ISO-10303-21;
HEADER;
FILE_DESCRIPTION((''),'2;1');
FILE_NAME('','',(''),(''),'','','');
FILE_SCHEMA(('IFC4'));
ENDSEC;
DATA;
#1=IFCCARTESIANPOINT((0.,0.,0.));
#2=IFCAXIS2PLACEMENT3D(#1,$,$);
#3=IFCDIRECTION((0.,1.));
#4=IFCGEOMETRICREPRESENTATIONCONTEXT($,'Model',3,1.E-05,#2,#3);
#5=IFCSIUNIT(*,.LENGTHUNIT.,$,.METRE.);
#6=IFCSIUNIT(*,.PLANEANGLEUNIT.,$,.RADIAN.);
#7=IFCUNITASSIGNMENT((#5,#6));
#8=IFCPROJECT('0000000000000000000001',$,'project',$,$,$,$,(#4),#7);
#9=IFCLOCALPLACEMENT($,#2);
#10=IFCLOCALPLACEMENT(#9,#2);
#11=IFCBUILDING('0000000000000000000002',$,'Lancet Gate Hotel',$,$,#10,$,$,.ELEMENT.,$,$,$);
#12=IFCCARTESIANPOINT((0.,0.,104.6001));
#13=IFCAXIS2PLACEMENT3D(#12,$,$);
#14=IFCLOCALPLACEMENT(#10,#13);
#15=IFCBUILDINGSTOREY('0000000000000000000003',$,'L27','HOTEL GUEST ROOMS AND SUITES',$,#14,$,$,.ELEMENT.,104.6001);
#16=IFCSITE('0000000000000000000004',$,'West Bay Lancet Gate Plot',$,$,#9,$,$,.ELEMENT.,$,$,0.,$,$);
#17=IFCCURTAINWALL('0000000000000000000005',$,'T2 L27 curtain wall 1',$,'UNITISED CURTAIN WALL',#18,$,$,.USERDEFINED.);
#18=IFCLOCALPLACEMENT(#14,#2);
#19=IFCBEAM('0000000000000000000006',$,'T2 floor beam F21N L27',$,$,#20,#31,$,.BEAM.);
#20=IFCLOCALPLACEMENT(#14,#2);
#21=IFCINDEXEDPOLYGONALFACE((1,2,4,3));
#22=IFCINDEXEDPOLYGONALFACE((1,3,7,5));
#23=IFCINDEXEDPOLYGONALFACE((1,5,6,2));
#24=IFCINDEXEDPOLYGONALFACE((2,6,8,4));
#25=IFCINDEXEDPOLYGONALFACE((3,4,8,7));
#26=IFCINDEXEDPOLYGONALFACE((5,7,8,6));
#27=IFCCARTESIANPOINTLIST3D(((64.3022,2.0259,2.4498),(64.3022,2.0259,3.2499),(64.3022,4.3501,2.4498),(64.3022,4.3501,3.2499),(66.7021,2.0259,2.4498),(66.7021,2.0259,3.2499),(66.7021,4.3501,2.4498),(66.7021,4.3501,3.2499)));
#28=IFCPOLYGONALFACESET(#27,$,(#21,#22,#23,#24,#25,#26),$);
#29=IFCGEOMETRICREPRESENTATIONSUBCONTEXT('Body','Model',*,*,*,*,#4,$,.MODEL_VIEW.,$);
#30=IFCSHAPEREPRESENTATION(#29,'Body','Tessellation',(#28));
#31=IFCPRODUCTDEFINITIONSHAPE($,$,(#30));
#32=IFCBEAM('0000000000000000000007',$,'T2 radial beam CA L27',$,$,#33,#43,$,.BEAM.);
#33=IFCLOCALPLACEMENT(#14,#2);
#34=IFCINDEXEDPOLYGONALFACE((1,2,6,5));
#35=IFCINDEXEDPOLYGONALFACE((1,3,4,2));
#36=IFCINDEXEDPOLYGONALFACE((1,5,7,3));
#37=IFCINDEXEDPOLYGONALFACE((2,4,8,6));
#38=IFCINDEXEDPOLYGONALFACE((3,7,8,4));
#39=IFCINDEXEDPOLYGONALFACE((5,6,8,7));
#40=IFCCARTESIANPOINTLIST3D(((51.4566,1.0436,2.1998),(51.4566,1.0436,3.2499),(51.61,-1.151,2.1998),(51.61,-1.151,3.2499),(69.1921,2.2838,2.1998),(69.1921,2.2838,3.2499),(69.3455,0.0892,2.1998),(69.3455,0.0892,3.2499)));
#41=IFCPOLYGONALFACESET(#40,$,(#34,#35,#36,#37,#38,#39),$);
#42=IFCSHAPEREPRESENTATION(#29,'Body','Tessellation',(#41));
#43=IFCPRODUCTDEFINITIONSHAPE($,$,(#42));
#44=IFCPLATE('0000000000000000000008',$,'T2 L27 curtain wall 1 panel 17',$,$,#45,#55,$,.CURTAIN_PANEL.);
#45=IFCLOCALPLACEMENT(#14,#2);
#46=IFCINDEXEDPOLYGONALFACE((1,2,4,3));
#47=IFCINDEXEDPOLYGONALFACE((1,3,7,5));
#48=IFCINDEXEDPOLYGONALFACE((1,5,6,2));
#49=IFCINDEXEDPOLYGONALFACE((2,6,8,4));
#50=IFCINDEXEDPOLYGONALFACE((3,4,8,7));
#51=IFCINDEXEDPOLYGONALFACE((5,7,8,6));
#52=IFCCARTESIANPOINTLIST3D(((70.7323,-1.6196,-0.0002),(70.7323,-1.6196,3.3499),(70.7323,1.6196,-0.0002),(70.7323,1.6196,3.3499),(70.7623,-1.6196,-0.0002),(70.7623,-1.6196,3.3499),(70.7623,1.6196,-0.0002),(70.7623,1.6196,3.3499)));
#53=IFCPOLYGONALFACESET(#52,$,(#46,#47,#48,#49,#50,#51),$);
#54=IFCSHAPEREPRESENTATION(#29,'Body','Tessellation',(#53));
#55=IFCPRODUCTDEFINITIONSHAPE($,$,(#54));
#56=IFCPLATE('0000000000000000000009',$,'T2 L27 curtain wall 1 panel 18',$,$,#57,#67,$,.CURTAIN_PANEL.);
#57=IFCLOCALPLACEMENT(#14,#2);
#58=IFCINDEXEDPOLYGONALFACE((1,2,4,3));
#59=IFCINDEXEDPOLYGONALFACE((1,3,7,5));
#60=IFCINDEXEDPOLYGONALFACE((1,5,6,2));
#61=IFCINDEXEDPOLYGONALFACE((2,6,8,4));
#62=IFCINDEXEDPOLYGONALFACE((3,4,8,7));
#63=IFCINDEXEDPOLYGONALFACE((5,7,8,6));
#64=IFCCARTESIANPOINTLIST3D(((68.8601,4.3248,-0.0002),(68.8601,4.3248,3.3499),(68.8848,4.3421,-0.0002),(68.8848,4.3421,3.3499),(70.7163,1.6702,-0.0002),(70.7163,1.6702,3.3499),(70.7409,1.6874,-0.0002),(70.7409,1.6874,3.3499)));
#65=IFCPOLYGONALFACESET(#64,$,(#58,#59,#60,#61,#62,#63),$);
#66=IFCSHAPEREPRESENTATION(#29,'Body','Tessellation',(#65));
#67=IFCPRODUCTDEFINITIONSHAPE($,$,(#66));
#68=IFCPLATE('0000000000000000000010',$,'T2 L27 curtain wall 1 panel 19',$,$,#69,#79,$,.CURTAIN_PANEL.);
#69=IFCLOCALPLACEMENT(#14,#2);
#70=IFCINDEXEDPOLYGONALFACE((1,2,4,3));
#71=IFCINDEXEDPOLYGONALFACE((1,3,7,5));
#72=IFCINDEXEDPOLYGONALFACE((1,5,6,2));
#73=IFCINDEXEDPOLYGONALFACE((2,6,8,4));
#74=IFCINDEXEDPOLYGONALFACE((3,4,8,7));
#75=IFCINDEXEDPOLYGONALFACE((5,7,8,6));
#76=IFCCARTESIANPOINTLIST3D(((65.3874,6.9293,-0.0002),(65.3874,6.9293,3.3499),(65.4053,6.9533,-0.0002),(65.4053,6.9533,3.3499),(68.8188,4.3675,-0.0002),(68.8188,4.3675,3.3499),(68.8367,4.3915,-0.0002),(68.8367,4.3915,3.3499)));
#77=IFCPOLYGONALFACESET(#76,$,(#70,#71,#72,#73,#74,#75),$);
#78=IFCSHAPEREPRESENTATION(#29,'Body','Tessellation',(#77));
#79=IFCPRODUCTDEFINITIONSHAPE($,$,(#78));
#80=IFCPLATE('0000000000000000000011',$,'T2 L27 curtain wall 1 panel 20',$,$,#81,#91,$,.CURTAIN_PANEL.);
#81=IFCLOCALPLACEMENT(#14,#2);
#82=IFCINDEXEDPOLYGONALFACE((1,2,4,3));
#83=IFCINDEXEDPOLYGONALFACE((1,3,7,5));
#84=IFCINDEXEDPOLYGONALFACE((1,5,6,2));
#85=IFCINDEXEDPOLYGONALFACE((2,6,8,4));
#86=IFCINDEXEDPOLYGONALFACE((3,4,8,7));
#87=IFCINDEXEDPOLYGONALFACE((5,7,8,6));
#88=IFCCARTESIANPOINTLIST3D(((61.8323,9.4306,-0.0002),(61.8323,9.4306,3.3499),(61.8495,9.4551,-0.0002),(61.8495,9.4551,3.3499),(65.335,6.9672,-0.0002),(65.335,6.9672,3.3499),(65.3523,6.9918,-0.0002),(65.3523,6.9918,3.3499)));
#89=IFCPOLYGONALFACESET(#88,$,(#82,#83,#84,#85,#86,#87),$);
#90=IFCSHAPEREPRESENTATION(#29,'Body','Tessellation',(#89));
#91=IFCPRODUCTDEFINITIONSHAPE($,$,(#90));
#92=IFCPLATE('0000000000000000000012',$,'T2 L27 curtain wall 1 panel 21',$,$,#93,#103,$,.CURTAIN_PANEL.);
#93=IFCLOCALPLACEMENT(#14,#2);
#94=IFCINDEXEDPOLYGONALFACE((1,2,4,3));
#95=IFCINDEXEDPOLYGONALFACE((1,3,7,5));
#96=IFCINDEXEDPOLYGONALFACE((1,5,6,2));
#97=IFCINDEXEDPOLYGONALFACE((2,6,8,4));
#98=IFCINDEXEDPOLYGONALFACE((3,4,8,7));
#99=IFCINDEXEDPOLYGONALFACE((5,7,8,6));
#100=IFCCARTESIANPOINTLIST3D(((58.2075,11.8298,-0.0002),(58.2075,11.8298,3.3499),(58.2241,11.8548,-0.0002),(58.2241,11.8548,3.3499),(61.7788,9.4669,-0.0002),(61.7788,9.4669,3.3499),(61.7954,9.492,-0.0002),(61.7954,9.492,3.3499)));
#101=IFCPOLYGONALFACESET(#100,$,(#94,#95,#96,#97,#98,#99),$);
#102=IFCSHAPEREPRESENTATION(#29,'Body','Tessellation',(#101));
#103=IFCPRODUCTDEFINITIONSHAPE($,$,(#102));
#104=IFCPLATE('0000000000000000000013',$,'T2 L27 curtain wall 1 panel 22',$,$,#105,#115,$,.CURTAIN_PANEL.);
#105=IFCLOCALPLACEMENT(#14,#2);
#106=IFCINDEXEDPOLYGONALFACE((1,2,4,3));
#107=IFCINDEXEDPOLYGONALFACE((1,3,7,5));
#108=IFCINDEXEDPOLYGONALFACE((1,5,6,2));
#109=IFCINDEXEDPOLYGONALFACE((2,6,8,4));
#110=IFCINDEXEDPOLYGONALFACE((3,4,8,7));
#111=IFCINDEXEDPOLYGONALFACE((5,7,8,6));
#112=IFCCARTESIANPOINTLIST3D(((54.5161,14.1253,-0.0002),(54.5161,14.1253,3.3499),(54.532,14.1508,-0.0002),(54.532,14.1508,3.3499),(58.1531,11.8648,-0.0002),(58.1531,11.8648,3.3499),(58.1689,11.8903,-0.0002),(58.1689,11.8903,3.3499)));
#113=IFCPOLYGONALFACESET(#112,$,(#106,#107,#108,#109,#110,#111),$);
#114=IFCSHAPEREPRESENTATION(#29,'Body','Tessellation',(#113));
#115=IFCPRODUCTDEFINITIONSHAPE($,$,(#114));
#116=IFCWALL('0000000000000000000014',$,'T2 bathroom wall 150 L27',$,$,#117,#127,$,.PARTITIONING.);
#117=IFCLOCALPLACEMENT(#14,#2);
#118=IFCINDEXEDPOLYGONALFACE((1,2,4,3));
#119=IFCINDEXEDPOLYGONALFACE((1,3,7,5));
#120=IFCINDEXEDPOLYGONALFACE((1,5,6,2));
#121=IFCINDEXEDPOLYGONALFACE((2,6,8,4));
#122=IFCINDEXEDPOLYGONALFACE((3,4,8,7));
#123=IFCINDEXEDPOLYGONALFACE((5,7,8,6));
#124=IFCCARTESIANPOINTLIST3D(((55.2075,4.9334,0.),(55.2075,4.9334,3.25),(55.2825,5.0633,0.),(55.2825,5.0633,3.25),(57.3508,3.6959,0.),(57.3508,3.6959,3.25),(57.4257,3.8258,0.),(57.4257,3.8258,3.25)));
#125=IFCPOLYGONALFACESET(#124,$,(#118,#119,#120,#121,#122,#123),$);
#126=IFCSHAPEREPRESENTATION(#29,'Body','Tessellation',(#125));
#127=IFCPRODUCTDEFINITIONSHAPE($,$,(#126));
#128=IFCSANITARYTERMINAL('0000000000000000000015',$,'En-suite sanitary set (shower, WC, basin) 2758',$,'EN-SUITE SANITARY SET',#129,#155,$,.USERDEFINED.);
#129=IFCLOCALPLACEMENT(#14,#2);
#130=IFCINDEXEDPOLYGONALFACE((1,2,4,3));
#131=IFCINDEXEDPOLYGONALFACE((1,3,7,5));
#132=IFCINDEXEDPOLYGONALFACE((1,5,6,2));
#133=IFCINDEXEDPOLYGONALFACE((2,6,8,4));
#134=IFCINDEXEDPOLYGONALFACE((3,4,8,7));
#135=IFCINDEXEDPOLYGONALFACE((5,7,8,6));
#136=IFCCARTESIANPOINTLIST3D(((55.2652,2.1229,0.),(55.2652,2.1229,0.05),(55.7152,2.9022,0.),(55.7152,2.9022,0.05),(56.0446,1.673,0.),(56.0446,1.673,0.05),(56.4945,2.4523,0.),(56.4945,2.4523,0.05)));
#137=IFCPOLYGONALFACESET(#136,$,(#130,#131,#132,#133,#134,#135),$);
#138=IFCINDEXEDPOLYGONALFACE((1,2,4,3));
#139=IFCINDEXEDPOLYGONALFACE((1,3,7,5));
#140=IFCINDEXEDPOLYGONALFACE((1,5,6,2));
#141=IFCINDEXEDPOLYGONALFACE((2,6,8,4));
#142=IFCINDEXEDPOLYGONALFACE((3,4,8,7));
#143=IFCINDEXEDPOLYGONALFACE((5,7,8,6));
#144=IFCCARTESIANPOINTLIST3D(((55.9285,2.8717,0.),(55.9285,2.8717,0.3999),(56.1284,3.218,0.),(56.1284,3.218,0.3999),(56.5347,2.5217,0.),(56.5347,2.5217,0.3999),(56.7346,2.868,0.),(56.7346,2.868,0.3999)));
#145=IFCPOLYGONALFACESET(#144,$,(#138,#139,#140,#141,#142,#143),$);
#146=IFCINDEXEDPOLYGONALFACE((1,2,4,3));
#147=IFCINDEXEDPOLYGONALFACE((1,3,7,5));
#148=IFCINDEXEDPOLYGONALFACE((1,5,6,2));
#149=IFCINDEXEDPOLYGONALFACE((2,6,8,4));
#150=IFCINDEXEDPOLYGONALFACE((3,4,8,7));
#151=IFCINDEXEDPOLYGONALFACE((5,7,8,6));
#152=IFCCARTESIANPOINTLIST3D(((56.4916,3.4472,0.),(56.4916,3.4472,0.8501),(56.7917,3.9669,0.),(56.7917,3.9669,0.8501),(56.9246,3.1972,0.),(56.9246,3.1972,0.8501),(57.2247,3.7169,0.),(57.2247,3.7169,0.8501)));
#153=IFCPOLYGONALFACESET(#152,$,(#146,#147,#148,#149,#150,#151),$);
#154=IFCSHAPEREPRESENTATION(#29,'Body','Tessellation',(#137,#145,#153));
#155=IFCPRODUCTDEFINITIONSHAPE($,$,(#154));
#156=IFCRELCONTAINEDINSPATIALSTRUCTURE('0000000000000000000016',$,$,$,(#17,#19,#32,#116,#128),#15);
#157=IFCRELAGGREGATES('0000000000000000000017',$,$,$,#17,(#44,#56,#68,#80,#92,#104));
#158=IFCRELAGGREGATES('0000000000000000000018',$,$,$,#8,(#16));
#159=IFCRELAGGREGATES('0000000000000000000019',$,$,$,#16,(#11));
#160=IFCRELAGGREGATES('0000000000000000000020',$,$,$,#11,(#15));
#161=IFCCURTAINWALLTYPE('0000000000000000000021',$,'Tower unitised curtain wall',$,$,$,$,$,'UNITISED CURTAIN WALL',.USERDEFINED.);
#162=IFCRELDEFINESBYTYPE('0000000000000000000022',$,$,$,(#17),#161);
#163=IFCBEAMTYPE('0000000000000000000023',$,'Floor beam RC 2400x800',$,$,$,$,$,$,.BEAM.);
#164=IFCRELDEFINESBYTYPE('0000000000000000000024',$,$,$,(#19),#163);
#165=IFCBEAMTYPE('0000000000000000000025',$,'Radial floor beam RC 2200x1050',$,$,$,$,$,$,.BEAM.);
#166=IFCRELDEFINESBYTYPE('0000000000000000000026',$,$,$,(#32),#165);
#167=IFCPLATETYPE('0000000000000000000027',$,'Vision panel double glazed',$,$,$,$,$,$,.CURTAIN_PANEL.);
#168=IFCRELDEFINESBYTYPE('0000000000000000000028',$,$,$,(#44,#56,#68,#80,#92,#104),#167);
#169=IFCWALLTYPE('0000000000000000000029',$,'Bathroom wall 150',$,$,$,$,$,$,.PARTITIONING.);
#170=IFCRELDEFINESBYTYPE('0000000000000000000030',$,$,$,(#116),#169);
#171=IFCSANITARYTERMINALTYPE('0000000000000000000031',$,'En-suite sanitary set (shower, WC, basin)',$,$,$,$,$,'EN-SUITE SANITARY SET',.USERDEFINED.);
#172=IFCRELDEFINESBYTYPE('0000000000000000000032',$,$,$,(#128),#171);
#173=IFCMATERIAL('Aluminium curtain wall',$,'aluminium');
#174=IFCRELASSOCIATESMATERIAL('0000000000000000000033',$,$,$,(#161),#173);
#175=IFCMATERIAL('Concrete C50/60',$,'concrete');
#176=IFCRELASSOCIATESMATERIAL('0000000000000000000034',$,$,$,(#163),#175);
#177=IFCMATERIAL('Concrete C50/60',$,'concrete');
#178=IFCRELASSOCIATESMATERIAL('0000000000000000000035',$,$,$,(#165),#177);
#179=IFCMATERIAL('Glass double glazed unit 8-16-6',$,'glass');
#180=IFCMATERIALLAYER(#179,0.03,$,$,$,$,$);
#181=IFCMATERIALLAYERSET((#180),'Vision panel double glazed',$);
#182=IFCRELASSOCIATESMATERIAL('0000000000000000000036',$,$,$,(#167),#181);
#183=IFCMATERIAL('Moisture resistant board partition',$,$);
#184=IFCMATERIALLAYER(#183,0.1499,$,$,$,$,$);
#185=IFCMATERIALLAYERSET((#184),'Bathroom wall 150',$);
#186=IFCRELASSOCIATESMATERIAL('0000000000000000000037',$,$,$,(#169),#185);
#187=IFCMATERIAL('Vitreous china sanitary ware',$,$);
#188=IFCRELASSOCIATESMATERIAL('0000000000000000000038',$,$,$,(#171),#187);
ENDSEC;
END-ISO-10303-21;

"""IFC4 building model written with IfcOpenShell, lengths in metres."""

from ifc_helpers import new_model, si_unit, direction, frame, frame_2d, origin, origin_2d, place, context, subcontext, project, spatial, rectangle, extrude, material, layer, layer_set, material_profile, profile_set, type_object, element, aggregate, save


model = new_model("IFC4")

# Units and contexts
model_context = context("Model", 3, precision=1e-05, world=origin(), true_north=direction((0.0, 1.0)))
body_context = subcontext(model_context, "Body", "Model", "MODEL_VIEW")
ifc_project = project(units=[si_unit("LENGTHUNIT", "METRE"), si_unit("PLANEANGLEUNIT", "RADIAN")], contexts=[model_context])

# Site, building, storey
site_placement = place(None, origin())
site = spatial("IfcSite", under=ifc_project, at=site_placement, Name="West Bay Lancet Gate Plot", CompositionType="ELEMENT", RefElevation=0.0)
building_placement = place(site_placement, origin())
building = spatial("IfcBuilding", under=site, at=building_placement, Name="Lancet Gate Hotel", CompositionType="ELEMENT")
storey_placement = place(building_placement, frame((0.0, 0.0, 104.6001)))
storey = spatial("IfcBuildingStorey", under=building, at=storey_placement, Name="L27", Description="HOTEL GUEST ROOMS AND SUITES", CompositionType="ELEMENT", Elevation=104.6001)

# Curtain wall
ifc_material_1 = material(Name="Aluminium curtain wall", Category="aluminium")
curtain_wall_type = type_object("IfcCurtainWallType", Name="Tower unitised curtain wall", ElementType="UNITISED CURTAIN WALL", PredefinedType="USERDEFINED", material=ifc_material_1)
curtain_wall_placement = place(storey_placement, origin())
curtain_wall = element("IfcCurtainWall", 1, at=curtain_wall_placement, inside=storey, type_object=curtain_wall_type, Name="T2 L27 curtain wall 1", ObjectType="UNITISED CURTAIN WALL", PredefinedType="USERDEFINED")

# Beams
ifc_material_2 = material(Name="Concrete C50/60", Category="concrete")
ifc_material_profile_1 = material_profile(ifc_material_2, rectangle(XDim=2.3999, YDim=0.8, at=origin_2d()), Name="RC 2400x800")
ifc_profile_set_1 = profile_set([ifc_material_profile_1], Name="Concrete C50/60")
beam_type_1 = type_object("IfcBeamType", Name="Floor beam RC 2400x800", PredefinedType="BEAM", material=ifc_profile_set_1)
beam_1_placement = place(storey_placement, frame((65.5022, 2.0259, 2.8499), z_axis=(0.0, 1.0, 0.0), x_axis=(-1.0, 0.0, 0.0)))
element("IfcBeam", 2, at=beam_1_placement, inside=storey, type_object=beam_type_1, Name="T2 floor beam F21N L27", PredefinedType="BEAM", context=body_context, shape_type="SweptSolid", body=[
    extrude(rectangle(XDim=2.3999, YDim=0.8, at=origin_2d()), origin(), (0.0, 0.0, 1.0), 2.3242),
])
ifc_material_3 = material(Name="Concrete C50/60", Category="concrete")
ifc_material_profile_2 = material_profile(ifc_material_3, rectangle(XDim=2.2, YDim=1.05, at=origin_2d()), Name="RC 2200x1050")
ifc_profile_set_2 = profile_set([ifc_material_profile_2], Name="Concrete C50/60")
beam_type_2 = type_object("IfcBeamType", Name="Radial floor beam RC 2200x1050", PredefinedType="BEAM", material=ifc_profile_set_2)
beam_2_placement = place(storey_placement, frame((69.2688, 1.1865, 2.7249), z_axis=(-0.997564, -0.069759, 0.0), x_axis=(0.069759, -0.997564, 0.0)))
element("IfcBeam", 3, at=beam_2_placement, inside=storey, type_object=beam_type_2, Name="T2 radial beam CA L27", PredefinedType="BEAM", context=body_context, shape_type="SweptSolid", body=[
    extrude(rectangle(XDim=2.2, YDim=1.05, at=origin_2d()), origin(), (0.0, 0.0, 1.0), 17.7788),
])

# Plates
ifc_material_4 = material(Name="Glass double glazed unit 8-16-6", Category="glass")
ifc_layer_1 = layer(ifc_material_4, 0.03)
ifc_layer_set_1 = layer_set([ifc_layer_1], Name="Vision panel double glazed")
plate_type = type_object("IfcPlateType", Name="Vision panel double glazed", PredefinedType="CURTAIN_PANEL", material=ifc_layer_set_1)
plate_1_placement = place(storey_placement, frame((70.7473, 0.0, -0.0002), z_axis=(0.0, 0.0, 1.0), x_axis=(0.0, 1.0, 0.0)))
plate_1 = element("IfcPlate", 4, at=plate_1_placement, type_object=plate_type, Name="T2 L27 curtain wall 1 panel 17", PredefinedType="CURTAIN_PANEL", context=body_context, shape_type="SweptSolid", body=[
    extrude(rectangle(XDim=3.2393, YDim=0.03, at=origin_2d()), origin(), (0.0, 0.0, 1.0), 3.3501),
])
plate_2_placement = place(storey_placement, frame((69.8005, 3.0061, -0.0002), z_axis=(0.0, 0.0, 1.0), x_axis=(-0.573025, 0.819538, 0.0)))
plate_2 = element("IfcPlate", 5, at=plate_2_placement, type_object=plate_type, Name="T2 L27 curtain wall 1 panel 18", PredefinedType="CURTAIN_PANEL", context=body_context, shape_type="SweptSolid", body=[
    extrude(rectangle(XDim=3.2393, YDim=0.03, at=origin_2d()), origin(), (0.0, 0.0, 1.0), 3.3501),
])
plate_3_placement = place(storey_placement, frame((67.1121, 5.6604, -0.0002), z_axis=(0.0, 0.0, 1.0), x_axis=(-0.801314, 0.598244, 0.0)))
plate_3 = element("IfcPlate", 6, at=plate_3_placement, type_object=plate_type, Name="T2 L27 curtain wall 1 panel 19", PredefinedType="CURTAIN_PANEL", context=body_context, shape_type="SweptSolid", body=[
    extrude(rectangle(XDim=4.2822, YDim=0.03, at=origin_2d()), origin(), (0.0, 0.0, 1.0), 3.3501),
])
plate_4_placement = place(storey_placement, frame((63.5923, 8.2112, -0.0002), z_axis=(0.0, 0.0, 1.0), x_axis=(-0.817979, 0.575247, 0.0)))
plate_4 = element("IfcPlate", 7, at=plate_4_placement, type_object=plate_type, Name="T2 L27 curtain wall 1 panel 20", PredefinedType="CURTAIN_PANEL", context=body_context, shape_type="SweptSolid", body=[
    extrude(rectangle(XDim=4.2822, YDim=0.03, at=origin_2d()), origin(), (0.0, 0.0, 1.0), 3.3501),
])
plate_5_placement = place(storey_placement, frame((60.0015, 10.6609, -0.0002), z_axis=(0.0, 0.0, 1.0), x_axis=(-0.833985, 0.551787, 0.0)))
plate_5 = element("IfcPlate", 8, at=plate_5_placement, type_object=plate_type, Name="T2 L27 curtain wall 1 panel 21", PredefinedType="CURTAIN_PANEL", context=body_context, shape_type="SweptSolid", body=[
    extrude(rectangle(XDim=4.2822, YDim=0.03, at=origin_2d()), origin(), (0.0, 0.0, 1.0), 3.3501),
])
plate_6_placement = place(storey_placement, frame((56.3425, 13.0078, -0.0002), z_axis=(0.0, 0.0, 1.0), x_axis=(-0.849318, 0.527882, 0.0)))
plate_6 = element("IfcPlate", 9, at=plate_6_placement, type_object=plate_type, Name="T2 L27 curtain wall 1 panel 22", PredefinedType="CURTAIN_PANEL", context=body_context, shape_type="SweptSolid", body=[
    extrude(rectangle(XDim=4.2822, YDim=0.03, at=origin_2d()), origin(), (0.0, 0.0, 1.0), 3.3501),
])
aggregate(curtain_wall, [plate_1, plate_2, plate_3, plate_4, plate_5, plate_6])

# Wall
ifc_material_5 = material(Name="Moisture resistant board partition")
ifc_layer_2 = layer(ifc_material_5, 0.1499)
ifc_layer_set_2 = layer_set([ifc_layer_2], Name="Bathroom wall 150")
wall_type = type_object("IfcWallType", Name="Bathroom wall 150", PredefinedType="PARTITIONING", material=ifc_layer_set_2)
wall_placement = place(storey_placement, frame((55.2451, 4.9983, 0.0), z_axis=(0.0, 0.0, 1.0), x_axis=(0.866007, -0.500033, 0.0)))
element("IfcWall", 10, at=wall_placement, inside=storey, type_object=wall_type, Name="T2 bathroom wall 150 L27", PredefinedType="PARTITIONING", context=body_context, shape_type="SweptSolid", body=[
    extrude(rectangle(XDim=2.4749, YDim=0.1499, at=frame_2d((1.2373, 0.0))), origin(), (0.0, 0.0, 1.0), 3.25),
])

# Sanitary terminal
ifc_material_6 = material(Name="Vitreous china sanitary ware")
sanitary_terminal_type = type_object("IfcSanitaryTerminalType", Name="En-suite sanitary set (shower, WC, basin)", ElementType="EN-SUITE SANITARY SET", PredefinedType="USERDEFINED", material=ifc_material_6)
sanitary_terminal_placement = place(storey_placement, frame((55.8799, 2.2876, 0.0), z_axis=(0.0, 0.0, 1.0), x_axis=(1.0, 0.0, 0.0)))
element("IfcSanitaryTerminal", 11, at=sanitary_terminal_placement, inside=storey, type_object=sanitary_terminal_type, Name="En-suite sanitary set (shower, WC, basin) 2758", ObjectType="EN-SUITE SANITARY SET", PredefinedType="USERDEFINED", context=body_context, shape_type="SweptSolid", body=[
    extrude(rectangle(XDim=0.8999, YDim=0.8999, at=origin_2d()), frame((0.0, 0.0, 0.0), z_axis=(0.0, 0.0, 1.0), x_axis=(-0.5, -0.866025, 0.0)), (0.0, 0.0, 1.0), 0.05),
    extrude(rectangle(XDim=0.3999, YDim=0.7, at=origin_2d()), frame((0.4517, 0.5823, 0.0), z_axis=(0.0, 0.0, 1.0), x_axis=(-0.5, -0.866025, 0.0)), (0.0, 0.0, 1.0), 0.3999),
    extrude(rectangle(XDim=0.6001, YDim=0.5, at=origin_2d()), frame((0.9783, 1.2944, 0.0), z_axis=(0.0, 0.0, 1.0), x_axis=(-0.5, -0.866025, 0.0)), (0.0, 0.0, 1.0), 0.8501),
])

save(model, "model.ifc")
